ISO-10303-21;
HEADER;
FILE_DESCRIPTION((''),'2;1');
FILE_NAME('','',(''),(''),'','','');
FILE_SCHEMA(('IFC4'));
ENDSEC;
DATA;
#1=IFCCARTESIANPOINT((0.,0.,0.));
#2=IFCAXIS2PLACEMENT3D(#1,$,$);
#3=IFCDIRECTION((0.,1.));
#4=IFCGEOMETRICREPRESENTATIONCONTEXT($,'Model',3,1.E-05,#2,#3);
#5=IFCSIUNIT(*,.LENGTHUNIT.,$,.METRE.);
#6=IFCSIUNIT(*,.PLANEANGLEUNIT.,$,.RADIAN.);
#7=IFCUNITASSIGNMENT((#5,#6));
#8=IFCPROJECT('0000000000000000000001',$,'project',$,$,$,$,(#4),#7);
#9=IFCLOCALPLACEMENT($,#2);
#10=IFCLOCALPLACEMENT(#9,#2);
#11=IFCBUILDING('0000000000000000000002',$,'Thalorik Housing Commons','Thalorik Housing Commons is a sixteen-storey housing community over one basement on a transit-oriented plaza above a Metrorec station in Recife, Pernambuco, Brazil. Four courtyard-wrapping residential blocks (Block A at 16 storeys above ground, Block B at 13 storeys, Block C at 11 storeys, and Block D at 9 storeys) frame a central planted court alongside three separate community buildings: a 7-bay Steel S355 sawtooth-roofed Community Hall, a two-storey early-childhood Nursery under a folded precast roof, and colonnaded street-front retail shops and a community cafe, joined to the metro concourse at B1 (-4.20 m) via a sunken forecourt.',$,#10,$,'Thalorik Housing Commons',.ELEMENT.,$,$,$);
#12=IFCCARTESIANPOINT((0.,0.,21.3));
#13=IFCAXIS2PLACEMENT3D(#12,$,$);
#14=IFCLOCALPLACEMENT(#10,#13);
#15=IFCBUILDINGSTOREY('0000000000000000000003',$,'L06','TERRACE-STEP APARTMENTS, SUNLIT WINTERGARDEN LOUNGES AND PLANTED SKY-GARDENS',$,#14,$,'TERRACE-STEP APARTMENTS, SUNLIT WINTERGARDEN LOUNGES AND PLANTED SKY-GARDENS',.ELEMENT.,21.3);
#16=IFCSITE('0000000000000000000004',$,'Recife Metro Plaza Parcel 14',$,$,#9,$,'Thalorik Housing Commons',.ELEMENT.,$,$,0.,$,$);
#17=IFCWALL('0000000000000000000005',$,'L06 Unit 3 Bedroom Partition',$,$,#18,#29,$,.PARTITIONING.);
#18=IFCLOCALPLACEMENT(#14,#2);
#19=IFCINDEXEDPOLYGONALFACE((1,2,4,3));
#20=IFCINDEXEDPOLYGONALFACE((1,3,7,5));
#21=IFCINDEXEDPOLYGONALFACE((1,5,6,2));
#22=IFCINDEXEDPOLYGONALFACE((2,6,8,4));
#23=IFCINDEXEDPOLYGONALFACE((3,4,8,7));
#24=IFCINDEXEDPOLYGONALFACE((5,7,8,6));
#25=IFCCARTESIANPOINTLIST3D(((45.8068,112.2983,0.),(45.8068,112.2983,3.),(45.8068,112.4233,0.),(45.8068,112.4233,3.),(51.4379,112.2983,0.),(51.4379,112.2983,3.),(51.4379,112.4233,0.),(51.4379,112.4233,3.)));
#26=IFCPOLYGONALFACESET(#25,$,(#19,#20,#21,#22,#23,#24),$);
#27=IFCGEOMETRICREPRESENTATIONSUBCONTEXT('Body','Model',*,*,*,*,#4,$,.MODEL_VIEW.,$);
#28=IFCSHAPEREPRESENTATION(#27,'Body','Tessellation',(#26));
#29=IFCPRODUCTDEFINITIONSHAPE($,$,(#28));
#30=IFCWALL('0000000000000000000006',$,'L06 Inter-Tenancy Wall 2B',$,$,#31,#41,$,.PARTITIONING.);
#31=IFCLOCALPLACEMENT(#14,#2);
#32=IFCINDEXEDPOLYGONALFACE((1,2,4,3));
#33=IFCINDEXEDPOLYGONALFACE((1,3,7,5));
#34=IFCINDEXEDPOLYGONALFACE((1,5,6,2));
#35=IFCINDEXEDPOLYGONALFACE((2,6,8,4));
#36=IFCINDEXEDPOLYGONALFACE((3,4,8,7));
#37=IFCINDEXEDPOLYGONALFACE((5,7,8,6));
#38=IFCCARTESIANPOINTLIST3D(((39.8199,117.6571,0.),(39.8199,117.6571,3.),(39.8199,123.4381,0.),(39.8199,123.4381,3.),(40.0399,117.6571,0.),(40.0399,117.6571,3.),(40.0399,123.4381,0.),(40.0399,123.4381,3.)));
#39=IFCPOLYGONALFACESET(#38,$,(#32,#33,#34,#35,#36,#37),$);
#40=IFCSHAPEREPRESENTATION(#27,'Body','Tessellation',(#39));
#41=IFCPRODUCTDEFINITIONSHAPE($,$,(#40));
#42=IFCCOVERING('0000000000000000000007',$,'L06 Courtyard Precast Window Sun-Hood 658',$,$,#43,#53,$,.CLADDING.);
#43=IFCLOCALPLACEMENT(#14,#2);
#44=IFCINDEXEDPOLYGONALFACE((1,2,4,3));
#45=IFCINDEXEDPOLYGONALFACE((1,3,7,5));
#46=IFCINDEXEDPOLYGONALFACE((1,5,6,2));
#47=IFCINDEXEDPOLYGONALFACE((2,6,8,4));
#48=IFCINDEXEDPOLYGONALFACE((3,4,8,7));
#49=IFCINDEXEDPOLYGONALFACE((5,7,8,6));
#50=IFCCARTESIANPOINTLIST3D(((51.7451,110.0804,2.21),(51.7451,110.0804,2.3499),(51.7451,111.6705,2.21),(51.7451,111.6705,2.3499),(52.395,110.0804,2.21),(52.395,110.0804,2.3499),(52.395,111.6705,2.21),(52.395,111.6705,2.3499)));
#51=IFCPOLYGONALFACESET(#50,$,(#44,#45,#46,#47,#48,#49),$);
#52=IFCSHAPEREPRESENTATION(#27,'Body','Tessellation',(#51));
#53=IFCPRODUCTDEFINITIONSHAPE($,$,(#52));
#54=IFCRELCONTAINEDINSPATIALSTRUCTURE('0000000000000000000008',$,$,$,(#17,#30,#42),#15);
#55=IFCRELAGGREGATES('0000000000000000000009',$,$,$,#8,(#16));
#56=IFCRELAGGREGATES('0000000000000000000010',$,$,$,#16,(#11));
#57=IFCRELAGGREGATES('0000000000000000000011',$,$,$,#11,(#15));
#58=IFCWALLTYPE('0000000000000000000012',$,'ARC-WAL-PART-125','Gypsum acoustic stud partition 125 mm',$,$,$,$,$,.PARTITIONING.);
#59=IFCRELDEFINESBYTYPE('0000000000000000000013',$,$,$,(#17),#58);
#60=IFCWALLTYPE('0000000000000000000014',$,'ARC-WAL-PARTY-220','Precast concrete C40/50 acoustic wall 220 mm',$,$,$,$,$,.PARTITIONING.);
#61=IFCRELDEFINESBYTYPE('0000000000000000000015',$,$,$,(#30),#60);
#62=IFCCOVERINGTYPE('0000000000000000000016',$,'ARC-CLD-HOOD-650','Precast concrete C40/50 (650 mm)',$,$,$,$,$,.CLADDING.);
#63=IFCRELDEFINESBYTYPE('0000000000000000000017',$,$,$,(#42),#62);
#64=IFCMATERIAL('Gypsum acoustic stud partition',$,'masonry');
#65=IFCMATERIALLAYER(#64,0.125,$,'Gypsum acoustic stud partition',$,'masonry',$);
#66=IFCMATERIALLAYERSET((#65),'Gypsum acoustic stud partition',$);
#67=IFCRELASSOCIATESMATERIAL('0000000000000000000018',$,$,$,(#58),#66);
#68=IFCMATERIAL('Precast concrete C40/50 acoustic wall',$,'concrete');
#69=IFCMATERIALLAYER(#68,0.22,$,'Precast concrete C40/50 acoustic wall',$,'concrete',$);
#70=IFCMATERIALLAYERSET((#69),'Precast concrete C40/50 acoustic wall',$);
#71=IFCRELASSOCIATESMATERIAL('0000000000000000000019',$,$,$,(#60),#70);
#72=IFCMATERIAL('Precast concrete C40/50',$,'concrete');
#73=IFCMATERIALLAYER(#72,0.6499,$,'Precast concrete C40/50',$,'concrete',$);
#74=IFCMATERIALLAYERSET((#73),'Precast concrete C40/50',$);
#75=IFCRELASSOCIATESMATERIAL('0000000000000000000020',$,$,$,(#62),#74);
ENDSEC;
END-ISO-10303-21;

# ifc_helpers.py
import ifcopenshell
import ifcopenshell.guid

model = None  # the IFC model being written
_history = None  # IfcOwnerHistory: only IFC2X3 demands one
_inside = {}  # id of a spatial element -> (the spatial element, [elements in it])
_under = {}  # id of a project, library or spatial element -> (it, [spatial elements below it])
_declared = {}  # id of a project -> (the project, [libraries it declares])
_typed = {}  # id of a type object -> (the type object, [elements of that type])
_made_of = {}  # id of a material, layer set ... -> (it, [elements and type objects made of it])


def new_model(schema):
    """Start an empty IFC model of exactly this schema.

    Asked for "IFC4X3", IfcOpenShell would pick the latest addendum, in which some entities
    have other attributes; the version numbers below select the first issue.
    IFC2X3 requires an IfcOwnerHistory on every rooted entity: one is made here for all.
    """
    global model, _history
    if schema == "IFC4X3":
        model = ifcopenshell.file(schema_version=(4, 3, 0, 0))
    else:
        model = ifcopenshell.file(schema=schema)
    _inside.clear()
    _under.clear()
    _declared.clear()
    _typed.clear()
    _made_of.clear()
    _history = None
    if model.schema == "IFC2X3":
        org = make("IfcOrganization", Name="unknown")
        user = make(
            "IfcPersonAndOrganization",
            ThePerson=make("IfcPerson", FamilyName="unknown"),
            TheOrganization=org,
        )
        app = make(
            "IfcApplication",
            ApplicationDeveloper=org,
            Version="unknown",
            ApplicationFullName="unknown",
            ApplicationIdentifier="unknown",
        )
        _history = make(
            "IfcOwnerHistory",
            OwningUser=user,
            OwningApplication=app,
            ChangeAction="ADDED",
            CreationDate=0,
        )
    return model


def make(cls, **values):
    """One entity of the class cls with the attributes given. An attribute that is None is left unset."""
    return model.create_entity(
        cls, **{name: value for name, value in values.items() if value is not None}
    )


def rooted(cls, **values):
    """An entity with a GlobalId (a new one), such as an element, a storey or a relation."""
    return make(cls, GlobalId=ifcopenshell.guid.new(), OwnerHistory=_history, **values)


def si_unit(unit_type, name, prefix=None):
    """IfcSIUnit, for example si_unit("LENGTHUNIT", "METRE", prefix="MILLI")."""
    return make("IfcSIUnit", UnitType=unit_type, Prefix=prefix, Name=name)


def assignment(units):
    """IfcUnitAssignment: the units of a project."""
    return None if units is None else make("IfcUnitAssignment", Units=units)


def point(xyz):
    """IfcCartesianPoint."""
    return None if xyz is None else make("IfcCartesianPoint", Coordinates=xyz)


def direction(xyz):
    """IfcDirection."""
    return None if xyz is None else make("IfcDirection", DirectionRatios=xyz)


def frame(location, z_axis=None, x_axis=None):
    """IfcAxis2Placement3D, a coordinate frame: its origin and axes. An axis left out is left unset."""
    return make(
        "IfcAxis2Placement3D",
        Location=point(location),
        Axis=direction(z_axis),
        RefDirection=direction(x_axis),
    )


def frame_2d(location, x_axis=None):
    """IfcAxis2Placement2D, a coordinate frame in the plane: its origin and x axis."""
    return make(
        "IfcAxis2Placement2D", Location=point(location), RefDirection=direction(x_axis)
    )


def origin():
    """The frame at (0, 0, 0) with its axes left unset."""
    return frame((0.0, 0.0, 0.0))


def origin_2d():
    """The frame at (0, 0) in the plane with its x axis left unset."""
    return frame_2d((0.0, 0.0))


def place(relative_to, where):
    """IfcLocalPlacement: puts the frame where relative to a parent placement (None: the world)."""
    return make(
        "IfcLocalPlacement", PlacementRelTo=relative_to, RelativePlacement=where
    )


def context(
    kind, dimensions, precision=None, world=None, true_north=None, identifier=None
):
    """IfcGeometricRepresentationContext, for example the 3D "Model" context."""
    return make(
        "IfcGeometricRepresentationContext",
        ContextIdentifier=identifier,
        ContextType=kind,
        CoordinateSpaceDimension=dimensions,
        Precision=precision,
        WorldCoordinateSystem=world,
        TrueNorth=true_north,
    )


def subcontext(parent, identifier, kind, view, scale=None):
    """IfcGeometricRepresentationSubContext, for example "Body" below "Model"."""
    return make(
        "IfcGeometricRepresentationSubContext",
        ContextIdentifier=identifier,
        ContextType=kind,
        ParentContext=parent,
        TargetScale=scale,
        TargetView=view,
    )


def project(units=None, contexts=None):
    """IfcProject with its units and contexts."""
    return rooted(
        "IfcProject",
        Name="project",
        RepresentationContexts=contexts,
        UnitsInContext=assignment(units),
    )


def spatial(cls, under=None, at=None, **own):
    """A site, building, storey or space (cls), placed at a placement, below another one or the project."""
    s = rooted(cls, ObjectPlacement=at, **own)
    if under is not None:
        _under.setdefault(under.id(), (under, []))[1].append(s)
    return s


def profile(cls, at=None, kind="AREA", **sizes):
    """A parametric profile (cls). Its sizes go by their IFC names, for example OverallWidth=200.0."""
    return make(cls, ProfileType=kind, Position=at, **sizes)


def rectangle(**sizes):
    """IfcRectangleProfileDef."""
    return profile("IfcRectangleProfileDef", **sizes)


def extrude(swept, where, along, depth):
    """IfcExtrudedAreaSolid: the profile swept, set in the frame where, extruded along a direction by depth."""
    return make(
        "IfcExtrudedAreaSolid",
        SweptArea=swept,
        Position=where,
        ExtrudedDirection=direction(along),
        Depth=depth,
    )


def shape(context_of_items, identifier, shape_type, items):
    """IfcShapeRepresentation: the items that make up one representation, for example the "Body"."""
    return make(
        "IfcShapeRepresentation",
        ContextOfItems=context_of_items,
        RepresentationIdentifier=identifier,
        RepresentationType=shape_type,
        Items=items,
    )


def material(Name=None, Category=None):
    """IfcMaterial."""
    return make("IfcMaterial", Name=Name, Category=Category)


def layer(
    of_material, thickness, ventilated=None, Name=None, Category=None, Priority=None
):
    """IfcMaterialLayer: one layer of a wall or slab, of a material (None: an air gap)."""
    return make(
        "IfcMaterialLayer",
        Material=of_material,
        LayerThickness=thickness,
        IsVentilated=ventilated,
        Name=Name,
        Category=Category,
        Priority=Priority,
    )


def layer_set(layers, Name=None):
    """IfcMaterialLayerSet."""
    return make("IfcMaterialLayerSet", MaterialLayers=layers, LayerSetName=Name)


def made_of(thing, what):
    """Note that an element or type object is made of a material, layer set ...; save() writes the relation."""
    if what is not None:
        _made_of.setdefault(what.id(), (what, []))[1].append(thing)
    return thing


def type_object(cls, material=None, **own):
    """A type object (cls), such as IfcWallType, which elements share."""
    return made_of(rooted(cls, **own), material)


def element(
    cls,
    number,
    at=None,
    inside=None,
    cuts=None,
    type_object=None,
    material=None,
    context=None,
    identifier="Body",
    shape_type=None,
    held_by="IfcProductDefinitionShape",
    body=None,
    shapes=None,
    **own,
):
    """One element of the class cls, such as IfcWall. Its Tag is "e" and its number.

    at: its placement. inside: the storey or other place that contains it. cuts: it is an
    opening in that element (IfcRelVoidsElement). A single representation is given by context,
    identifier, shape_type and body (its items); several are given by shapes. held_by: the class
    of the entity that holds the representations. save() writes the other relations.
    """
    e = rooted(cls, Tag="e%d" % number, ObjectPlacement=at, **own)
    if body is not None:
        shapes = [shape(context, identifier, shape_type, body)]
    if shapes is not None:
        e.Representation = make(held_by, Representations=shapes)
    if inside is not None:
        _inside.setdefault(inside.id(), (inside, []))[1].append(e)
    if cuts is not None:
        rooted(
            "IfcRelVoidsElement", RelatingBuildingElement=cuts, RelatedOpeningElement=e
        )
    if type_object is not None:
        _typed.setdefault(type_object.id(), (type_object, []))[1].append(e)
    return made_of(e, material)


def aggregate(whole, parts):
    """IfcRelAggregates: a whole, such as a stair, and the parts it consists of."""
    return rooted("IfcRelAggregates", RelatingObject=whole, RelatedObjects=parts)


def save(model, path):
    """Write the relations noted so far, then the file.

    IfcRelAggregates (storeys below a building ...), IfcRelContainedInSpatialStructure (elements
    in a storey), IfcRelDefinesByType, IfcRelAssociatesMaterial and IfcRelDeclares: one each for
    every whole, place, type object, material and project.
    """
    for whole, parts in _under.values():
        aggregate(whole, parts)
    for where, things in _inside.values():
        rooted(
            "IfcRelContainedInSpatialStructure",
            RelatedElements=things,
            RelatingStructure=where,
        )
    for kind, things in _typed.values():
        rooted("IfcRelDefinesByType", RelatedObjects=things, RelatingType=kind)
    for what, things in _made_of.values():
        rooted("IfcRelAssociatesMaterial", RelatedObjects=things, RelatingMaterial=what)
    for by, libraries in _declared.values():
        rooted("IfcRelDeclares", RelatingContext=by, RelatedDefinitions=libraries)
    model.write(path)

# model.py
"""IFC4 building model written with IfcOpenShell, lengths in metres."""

from ifc_helpers import new_model, si_unit, direction, frame, frame_2d, origin, origin_2d, place, context, subcontext, project, spatial, rectangle, extrude, material, layer, layer_set, type_object, element, save


model = new_model("IFC4")

# Units and contexts
model_context = context("Model", 3, precision=1e-05, world=origin(), true_north=direction((0.0, 1.0)))
body_context = subcontext(model_context, "Body", "Model", "MODEL_VIEW")
ifc_project = project(units=[si_unit("LENGTHUNIT", "METRE"), si_unit("PLANEANGLEUNIT", "RADIAN")], contexts=[model_context])

# Site, building, storey
site_placement = place(None, origin())
site = spatial("IfcSite", under=ifc_project, at=site_placement, Name="Recife Metro Plaza Parcel 14", LongName="Thalorik Housing Commons", CompositionType="ELEMENT", RefElevation=0.0)
building_placement = place(site_placement, origin())
building = spatial("IfcBuilding", under=site, at=building_placement, Name="Thalorik Housing Commons", Description="Thalorik Housing Commons is a sixteen-storey housing community over one basement on a transit-oriented plaza above a Metrorec station in Recife, Pernambuco, Brazil. Four courtyard-wrapping residential blocks (Block A at 16 storeys above ground, Block B at 13 storeys, Block C at 11 storeys, and Block D at 9 storeys) frame a central planted court alongside three separate community buildings: a 7-bay Steel S355 sawtooth-roofed Community Hall, a two-storey early-childhood Nursery under a folded precast roof, and colonnaded street-front retail shops and a community cafe, joined to the metro concourse at B1 (-4.20 m) via a sunken forecourt.", LongName="Thalorik Housing Commons", CompositionType="ELEMENT")
storey_placement = place(building_placement, frame((0.0, 0.0, 21.3)))
storey = spatial("IfcBuildingStorey", under=building, at=storey_placement, Name="L06", Description="TERRACE-STEP APARTMENTS, SUNLIT WINTERGARDEN LOUNGES AND PLANTED SKY-GARDENS", LongName="TERRACE-STEP APARTMENTS, SUNLIT WINTERGARDEN LOUNGES AND PLANTED SKY-GARDENS", CompositionType="ELEMENT", Elevation=21.3)

# Shared definitions
ifc_material_1 = material(Name="Precast concrete C40/50", Category="concrete")

# Walls
ifc_material_2 = material(Name="Gypsum acoustic stud partition", Category="masonry")
ifc_layer_1 = layer(ifc_material_2, 0.125, Name="Gypsum acoustic stud partition", Category="masonry")
ifc_layer_set_1 = layer_set([ifc_layer_1], Name="Gypsum acoustic stud partition")
wall_type_1 = type_object("IfcWallType", Name="ARC-WAL-PART-125", Description="Gypsum acoustic stud partition 125 mm", PredefinedType="PARTITIONING", material=ifc_layer_set_1)
wall_1_placement = place(storey_placement, frame((45.8069, 112.3608, 0.0), z_axis=(0.0, 0.0, 1.0), x_axis=(1.0, 0.0, 0.0)))
element("IfcWall", 1, at=wall_1_placement, inside=storey, type_object=wall_type_1, Name="L06 Unit 3 Bedroom Partition", PredefinedType="PARTITIONING", context=body_context, shape_type="SweptSolid", body=[
    extrude(rectangle(XDim=5.6311, YDim=0.125, at=frame_2d((2.8154, 0.0))), origin(), (0.0, 0.0, 1.0), 3.0),
])
ifc_material_3 = material(Name="Precast concrete C40/50 acoustic wall", Category="concrete")
ifc_layer_2 = layer(ifc_material_3, 0.22, Name="Precast concrete C40/50 acoustic wall", Category="concrete")
ifc_layer_set_2 = layer_set([ifc_layer_2], Name="Precast concrete C40/50 acoustic wall")
wall_type_2 = type_object("IfcWallType", Name="ARC-WAL-PARTY-220", Description="Precast concrete C40/50 acoustic wall 220 mm", PredefinedType="PARTITIONING", material=ifc_layer_set_2)
wall_2_placement = place(storey_placement, frame((39.9299, 117.657, 0.0), z_axis=(0.0, 0.0, 1.0), x_axis=(0.0, 1.0, 0.0)))
element("IfcWall", 2, at=wall_2_placement, inside=storey, type_object=wall_type_2, Name="L06 Inter-Tenancy Wall 2B", PredefinedType="PARTITIONING", context=body_context, shape_type="SweptSolid", body=[
    extrude(rectangle(XDim=5.781, YDim=0.22, at=frame_2d((2.8906, 0.0))), origin(), (0.0, 0.0, 1.0), 3.0),
])

# Covering
ifc_layer_3 = layer(ifc_material_1, 0.6499, Name="Precast concrete C40/50", Category="concrete")
ifc_layer_set_3 = layer_set([ifc_layer_3], Name="Precast concrete C40/50")
covering_type = type_object("IfcCoveringType", Name="ARC-CLD-HOOD-650", Description="Precast concrete C40/50 (650 mm)", PredefinedType="CLADDING", material=ifc_layer_set_3)
covering_placement = place(storey_placement, frame((52.0701, 110.8755, 2.21), z_axis=(0.0, 0.0, 1.0), x_axis=(0.0, 1.0, 0.0)))
element("IfcCovering", 3, at=covering_placement, inside=storey, type_object=covering_type, Name="L06 Courtyard Precast Window Sun-Hood 658", PredefinedType="CLADDING", context=body_context, shape_type="SweptSolid", body=[
    extrude(rectangle(XDim=1.5901, YDim=0.6499, at=origin_2d()), origin(), (0.0, 0.0, 1.0), 0.1399),
])

save(model, "model.ifc")
